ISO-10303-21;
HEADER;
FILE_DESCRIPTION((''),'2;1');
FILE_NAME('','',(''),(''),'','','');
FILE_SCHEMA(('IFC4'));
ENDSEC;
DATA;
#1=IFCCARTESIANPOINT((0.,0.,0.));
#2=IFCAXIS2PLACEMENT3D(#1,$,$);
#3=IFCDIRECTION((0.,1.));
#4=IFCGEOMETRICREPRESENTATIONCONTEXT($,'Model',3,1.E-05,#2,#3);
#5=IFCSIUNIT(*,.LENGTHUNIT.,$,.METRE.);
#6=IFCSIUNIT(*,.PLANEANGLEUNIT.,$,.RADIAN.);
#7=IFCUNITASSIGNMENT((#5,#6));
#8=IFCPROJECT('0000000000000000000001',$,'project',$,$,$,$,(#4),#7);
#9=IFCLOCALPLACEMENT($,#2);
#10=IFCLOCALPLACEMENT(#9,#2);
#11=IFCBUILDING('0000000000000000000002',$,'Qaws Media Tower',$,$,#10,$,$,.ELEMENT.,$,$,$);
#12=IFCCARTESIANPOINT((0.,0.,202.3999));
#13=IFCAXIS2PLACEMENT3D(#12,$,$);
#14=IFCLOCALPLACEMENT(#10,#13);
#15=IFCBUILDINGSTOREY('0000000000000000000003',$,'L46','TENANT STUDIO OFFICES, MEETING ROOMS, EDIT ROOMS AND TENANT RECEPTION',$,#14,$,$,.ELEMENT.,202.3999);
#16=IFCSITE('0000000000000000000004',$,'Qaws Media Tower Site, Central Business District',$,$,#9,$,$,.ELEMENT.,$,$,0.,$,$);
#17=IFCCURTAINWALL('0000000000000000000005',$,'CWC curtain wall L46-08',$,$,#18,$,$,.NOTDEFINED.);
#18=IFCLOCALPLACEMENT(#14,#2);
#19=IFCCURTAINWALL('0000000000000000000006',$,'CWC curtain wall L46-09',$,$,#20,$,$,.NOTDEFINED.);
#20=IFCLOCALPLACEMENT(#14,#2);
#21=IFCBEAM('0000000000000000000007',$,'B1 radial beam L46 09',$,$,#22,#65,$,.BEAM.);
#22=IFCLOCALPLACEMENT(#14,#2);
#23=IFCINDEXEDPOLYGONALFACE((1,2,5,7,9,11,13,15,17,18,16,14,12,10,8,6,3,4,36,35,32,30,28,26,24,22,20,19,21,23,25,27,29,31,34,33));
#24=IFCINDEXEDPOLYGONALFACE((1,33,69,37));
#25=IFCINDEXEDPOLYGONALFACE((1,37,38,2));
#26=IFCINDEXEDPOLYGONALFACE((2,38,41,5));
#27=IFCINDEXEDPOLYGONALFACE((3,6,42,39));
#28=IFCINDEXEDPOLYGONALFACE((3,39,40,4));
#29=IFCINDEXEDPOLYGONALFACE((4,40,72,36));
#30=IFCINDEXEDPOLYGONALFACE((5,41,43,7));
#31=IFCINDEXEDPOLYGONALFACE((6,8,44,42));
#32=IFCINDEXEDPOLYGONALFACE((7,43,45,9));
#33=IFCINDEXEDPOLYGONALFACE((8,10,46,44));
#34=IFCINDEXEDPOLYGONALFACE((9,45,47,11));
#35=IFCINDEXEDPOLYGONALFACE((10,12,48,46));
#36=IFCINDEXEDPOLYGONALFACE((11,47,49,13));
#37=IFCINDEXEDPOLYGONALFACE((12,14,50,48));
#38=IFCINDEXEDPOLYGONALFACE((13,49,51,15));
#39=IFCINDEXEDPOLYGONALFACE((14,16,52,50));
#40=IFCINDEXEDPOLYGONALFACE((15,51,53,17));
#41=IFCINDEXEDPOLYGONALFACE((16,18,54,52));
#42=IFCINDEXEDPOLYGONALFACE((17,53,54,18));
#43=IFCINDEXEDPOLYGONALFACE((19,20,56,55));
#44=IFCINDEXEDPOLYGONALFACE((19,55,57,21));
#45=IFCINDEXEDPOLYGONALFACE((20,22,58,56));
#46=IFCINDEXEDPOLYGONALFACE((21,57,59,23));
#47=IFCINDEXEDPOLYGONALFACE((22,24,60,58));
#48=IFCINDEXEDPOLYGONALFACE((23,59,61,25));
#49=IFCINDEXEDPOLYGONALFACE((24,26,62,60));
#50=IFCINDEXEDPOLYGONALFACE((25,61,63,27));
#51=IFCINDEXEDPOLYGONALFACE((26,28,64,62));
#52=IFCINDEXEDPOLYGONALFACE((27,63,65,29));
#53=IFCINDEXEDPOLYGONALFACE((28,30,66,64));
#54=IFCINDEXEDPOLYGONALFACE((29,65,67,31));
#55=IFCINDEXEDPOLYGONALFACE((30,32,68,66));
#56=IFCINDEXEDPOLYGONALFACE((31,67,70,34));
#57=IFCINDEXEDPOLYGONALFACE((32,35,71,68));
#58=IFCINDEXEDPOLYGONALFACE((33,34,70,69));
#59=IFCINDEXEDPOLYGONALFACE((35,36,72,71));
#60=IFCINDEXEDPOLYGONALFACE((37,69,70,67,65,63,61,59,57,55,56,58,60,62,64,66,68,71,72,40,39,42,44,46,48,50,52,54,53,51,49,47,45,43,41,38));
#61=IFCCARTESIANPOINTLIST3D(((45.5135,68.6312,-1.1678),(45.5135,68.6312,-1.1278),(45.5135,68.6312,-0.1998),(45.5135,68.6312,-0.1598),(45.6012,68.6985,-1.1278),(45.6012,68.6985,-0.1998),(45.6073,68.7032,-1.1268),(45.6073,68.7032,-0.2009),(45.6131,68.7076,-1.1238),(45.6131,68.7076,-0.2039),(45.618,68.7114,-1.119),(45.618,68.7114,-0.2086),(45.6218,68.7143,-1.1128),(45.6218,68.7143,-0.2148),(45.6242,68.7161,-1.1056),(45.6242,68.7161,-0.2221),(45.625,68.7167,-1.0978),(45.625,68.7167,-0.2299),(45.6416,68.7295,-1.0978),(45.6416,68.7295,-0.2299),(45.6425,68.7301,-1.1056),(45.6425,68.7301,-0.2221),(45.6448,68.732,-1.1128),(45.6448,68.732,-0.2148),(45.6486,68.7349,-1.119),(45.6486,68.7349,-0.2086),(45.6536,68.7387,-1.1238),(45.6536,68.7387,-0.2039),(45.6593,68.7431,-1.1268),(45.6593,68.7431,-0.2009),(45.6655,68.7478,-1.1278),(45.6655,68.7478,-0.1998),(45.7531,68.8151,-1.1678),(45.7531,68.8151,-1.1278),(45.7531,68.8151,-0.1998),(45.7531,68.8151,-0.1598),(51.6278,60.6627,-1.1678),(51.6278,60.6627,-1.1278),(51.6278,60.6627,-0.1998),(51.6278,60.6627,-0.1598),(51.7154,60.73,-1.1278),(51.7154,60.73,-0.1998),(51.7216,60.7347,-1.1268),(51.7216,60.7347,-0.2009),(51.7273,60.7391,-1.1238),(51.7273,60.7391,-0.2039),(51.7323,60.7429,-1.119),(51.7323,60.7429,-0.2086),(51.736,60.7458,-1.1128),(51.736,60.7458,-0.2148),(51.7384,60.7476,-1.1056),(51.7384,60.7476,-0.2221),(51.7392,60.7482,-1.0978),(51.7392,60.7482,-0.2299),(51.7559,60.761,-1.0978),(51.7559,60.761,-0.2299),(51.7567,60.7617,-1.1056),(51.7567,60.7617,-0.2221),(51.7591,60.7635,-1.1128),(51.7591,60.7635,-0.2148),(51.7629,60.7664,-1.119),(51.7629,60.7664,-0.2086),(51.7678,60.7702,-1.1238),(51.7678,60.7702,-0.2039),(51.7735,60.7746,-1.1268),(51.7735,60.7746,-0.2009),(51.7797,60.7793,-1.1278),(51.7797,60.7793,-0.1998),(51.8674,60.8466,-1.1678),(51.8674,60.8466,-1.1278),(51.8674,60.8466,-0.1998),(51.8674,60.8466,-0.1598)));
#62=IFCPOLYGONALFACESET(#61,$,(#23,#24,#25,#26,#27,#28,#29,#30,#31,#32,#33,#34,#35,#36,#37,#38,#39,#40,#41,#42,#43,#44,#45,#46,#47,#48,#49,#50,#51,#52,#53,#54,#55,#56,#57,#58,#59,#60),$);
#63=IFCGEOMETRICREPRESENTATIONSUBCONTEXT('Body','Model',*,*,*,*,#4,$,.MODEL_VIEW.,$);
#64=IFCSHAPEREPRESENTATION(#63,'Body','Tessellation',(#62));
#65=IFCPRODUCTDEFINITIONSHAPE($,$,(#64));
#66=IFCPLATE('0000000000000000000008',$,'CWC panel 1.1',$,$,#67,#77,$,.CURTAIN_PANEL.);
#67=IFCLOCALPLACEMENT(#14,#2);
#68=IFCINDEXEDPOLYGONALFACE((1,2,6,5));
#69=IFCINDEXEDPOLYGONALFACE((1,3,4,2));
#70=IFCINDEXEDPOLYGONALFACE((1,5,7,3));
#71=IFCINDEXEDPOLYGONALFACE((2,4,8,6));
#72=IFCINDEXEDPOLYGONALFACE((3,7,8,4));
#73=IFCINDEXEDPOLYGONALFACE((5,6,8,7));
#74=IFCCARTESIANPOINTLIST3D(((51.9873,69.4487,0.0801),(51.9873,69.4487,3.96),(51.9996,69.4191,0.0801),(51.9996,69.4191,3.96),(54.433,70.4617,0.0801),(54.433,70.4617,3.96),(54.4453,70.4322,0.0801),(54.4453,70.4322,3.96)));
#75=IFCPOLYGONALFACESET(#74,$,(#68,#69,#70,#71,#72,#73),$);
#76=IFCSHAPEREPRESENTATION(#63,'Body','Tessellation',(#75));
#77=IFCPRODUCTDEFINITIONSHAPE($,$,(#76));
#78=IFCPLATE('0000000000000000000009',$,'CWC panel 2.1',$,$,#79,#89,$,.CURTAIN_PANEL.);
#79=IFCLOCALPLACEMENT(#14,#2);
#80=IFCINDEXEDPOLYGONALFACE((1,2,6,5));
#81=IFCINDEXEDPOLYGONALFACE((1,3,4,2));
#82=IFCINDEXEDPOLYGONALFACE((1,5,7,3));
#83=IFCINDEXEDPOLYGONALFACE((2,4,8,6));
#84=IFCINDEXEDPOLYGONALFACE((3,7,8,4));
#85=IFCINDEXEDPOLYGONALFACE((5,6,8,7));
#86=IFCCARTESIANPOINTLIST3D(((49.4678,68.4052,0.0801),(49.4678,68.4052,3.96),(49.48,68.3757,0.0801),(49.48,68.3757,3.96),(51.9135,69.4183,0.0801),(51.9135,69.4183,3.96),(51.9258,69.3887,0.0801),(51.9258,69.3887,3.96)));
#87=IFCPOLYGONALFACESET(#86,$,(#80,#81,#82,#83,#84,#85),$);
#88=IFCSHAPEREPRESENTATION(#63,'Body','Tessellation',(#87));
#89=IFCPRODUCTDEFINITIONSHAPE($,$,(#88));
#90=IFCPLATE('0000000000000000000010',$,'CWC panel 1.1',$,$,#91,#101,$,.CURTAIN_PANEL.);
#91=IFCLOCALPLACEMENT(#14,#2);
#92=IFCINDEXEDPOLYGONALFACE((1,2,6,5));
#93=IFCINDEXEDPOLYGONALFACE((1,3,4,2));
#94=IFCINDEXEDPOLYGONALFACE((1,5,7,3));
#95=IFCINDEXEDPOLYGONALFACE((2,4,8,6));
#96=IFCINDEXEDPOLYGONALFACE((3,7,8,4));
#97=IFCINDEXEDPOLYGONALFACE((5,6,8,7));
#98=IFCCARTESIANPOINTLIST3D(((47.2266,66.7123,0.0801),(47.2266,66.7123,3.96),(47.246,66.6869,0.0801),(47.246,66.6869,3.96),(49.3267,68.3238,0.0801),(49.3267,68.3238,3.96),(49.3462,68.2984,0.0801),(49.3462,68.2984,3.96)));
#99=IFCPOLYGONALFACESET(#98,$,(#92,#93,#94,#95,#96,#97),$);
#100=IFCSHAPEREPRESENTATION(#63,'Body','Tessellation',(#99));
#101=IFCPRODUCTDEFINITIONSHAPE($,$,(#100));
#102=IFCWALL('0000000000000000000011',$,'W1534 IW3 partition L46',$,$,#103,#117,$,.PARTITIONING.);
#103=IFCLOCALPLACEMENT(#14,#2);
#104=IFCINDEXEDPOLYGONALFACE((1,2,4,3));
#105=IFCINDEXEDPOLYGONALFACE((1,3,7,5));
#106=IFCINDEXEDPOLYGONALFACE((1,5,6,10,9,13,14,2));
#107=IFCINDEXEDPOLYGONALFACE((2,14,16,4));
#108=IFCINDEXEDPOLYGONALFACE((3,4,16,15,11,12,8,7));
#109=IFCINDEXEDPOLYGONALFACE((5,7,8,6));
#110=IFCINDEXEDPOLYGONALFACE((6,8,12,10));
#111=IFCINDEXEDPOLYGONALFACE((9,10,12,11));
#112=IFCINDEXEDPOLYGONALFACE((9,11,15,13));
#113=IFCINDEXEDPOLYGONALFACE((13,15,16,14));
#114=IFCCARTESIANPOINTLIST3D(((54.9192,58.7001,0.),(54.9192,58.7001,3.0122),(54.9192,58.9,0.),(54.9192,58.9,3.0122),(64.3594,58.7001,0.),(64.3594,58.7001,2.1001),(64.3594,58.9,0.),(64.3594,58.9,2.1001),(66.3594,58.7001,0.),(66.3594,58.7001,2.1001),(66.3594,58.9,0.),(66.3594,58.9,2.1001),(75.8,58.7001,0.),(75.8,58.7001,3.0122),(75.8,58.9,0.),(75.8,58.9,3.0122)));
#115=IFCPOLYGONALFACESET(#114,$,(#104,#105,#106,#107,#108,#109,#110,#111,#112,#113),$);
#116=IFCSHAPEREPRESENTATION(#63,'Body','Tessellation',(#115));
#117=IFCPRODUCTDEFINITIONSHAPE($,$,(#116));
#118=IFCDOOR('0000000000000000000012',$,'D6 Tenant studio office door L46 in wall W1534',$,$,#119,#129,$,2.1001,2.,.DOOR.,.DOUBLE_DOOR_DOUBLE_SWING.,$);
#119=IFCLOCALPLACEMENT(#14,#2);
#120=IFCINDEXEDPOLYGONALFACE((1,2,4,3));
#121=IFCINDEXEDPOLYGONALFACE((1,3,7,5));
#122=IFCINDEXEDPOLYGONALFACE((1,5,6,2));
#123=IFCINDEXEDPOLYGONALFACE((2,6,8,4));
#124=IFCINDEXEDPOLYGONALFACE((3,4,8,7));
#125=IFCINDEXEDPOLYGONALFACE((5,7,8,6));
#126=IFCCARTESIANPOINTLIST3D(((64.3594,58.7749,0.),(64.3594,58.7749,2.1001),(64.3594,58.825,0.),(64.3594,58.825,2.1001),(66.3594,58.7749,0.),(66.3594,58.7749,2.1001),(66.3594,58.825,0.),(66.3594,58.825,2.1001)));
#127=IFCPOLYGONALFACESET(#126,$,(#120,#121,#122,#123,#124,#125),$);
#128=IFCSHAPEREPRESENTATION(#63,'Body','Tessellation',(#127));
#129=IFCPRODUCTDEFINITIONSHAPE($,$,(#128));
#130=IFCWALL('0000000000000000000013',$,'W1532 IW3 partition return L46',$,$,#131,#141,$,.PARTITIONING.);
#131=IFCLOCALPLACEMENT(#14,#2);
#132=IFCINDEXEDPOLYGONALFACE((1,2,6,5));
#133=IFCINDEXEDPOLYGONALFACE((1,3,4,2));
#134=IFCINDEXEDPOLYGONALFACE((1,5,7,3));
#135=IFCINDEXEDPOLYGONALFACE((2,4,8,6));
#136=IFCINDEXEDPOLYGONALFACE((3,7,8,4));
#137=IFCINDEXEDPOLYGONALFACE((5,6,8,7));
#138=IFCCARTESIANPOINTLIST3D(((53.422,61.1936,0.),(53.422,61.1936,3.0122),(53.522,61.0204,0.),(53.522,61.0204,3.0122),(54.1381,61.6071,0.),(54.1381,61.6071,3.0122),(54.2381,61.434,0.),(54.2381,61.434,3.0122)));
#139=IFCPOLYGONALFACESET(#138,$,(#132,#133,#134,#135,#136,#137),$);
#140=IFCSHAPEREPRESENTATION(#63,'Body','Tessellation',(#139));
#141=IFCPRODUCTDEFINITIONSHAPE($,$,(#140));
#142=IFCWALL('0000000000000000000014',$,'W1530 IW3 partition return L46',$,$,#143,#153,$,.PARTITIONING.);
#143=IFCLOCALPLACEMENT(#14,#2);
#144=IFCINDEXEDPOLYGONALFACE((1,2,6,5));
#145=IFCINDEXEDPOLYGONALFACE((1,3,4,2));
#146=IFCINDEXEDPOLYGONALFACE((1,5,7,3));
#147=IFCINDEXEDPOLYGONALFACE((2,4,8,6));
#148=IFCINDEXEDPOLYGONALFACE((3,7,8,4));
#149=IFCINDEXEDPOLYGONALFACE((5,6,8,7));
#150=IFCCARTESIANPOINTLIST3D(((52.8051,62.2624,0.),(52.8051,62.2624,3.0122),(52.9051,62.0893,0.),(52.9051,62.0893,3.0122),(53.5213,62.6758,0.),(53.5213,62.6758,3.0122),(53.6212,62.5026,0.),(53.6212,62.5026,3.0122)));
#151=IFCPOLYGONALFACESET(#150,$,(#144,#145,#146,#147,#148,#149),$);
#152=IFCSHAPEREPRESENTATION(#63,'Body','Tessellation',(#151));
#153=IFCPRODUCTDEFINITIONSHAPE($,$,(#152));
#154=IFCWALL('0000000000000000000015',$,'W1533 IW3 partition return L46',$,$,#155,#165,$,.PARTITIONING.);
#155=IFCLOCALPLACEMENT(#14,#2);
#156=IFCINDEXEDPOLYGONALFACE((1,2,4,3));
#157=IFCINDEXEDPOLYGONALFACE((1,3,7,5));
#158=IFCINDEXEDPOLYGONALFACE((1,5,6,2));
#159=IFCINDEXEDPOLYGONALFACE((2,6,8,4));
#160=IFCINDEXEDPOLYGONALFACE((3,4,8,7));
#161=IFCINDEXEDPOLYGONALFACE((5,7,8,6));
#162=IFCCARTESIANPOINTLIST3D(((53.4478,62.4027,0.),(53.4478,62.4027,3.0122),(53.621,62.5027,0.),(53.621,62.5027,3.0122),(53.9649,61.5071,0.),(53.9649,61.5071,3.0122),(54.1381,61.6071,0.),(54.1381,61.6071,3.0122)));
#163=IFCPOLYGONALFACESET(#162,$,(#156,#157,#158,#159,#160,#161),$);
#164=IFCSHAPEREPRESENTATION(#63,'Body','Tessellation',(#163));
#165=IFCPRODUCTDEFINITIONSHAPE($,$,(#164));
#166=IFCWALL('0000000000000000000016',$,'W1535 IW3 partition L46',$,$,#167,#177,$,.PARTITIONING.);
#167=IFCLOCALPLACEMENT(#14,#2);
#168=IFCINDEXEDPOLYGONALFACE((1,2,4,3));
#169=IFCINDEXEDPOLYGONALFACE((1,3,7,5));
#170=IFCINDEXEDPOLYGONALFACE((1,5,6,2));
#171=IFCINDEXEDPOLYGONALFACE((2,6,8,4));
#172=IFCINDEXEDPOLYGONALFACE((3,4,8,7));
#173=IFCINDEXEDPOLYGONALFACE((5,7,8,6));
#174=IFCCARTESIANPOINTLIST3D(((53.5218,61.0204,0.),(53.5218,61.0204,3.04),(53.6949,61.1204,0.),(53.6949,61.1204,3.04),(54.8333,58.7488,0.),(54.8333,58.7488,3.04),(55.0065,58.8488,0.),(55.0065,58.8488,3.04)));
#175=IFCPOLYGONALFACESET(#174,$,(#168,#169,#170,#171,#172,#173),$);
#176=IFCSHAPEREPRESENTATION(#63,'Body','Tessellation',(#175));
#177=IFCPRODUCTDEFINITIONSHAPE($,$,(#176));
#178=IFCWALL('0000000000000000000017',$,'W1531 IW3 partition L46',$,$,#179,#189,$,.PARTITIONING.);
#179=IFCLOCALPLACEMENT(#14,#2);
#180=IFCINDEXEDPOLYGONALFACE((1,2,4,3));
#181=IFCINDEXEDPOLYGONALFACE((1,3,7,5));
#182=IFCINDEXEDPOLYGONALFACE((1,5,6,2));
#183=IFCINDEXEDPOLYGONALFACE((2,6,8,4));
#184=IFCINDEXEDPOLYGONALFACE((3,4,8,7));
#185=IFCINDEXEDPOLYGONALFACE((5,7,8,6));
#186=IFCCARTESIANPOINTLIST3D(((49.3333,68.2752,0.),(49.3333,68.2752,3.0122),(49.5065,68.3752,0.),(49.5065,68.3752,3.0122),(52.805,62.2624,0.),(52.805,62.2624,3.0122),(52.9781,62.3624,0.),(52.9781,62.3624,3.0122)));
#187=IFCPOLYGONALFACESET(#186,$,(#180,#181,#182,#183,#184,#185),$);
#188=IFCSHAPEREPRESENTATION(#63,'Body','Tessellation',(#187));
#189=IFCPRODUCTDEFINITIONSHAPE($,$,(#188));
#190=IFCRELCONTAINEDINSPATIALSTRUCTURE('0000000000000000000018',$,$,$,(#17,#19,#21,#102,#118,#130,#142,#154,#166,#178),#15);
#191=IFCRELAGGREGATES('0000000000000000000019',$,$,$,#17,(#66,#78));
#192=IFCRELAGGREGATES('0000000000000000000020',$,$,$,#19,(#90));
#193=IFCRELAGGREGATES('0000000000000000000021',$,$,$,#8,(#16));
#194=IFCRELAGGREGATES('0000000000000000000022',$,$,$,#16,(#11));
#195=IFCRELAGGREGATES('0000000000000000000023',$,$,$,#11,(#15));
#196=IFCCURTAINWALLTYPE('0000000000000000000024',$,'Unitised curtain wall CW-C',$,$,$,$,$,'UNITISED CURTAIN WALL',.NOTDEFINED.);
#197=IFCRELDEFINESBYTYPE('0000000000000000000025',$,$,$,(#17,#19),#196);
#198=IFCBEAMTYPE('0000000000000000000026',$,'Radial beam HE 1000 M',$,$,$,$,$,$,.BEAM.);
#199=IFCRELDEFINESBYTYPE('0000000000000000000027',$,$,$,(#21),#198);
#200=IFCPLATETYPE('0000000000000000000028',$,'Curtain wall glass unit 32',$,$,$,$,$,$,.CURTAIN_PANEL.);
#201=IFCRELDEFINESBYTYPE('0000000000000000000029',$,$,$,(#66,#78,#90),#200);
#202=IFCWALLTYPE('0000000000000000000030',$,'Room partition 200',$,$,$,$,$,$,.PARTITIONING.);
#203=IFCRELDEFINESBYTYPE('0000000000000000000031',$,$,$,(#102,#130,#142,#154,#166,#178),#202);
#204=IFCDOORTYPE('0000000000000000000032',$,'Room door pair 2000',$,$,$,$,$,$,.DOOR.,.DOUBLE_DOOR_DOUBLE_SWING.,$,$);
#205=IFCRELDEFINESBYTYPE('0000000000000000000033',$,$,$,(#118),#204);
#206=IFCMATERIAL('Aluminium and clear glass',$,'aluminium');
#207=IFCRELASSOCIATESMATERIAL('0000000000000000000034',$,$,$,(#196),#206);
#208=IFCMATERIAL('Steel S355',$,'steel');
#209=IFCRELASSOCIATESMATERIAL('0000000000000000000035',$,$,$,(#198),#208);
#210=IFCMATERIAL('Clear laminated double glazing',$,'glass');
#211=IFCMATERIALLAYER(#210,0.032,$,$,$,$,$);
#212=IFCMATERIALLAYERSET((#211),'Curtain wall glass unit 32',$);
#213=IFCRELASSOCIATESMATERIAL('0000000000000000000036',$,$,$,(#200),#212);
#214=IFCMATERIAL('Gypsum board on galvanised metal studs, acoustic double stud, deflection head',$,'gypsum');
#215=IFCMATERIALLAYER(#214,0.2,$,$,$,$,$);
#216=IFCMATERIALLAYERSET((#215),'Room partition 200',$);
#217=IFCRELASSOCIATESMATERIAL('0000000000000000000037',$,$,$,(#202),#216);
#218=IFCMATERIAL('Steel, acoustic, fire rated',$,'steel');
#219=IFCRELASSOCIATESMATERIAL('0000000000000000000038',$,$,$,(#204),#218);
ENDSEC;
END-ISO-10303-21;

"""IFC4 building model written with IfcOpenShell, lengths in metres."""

from ifc_helpers import new_model, si_unit, direction, frame, frame_2d, origin, origin_2d, place, context, subcontext, project, spatial, rectangle, i_section, extrude, material, layer, layer_set, material_profile, profile_set, type_object, element, fill, aggregate, save


model = new_model("IFC4")

# Units and contexts
model_context = context("Model", 3, precision=1e-05, world=origin(), true_north=direction((0.0, 1.0)))
body_context = subcontext(model_context, "Body", "Model", "MODEL_VIEW")
ifc_project = project(units=[si_unit("LENGTHUNIT", "METRE"), si_unit("PLANEANGLEUNIT", "RADIAN")], contexts=[model_context])

# Site, building, storey
site_placement = place(None, origin())
site = spatial("IfcSite", under=ifc_project, at=site_placement, Name="Qaws Media Tower Site, Central Business District", CompositionType="ELEMENT", RefElevation=0.0)
building_placement = place(site_placement, origin())
building = spatial("IfcBuilding", under=site, at=building_placement, Name="Qaws Media Tower", CompositionType="ELEMENT")
storey_placement = place(building_placement, frame((0.0, 0.0, 202.3999)))
storey = spatial("IfcBuildingStorey", under=building, at=storey_placement, Name="L46", Description="TENANT STUDIO OFFICES, MEETING ROOMS, EDIT ROOMS AND TENANT RECEPTION", CompositionType="ELEMENT", Elevation=202.3999)

# Curtain walls
ifc_material_1 = material(Name="Aluminium and clear glass", Category="aluminium")
curtain_wall_type = type_object("IfcCurtainWallType", Name="Unitised curtain wall CW-C", ElementType="UNITISED CURTAIN WALL", PredefinedType="NOTDEFINED", material=ifc_material_1)
curtain_wall_1_placement = place(storey_placement, origin())
curtain_wall_1 = element("IfcCurtainWall", 1, at=curtain_wall_1_placement, inside=storey, type_object=curtain_wall_type, Name="CWC curtain wall L46-08", PredefinedType="NOTDEFINED")
curtain_wall_2_placement = place(storey_placement, origin())
curtain_wall_2 = element("IfcCurtainWall", 2, at=curtain_wall_2_placement, inside=storey, type_object=curtain_wall_type, Name="CWC curtain wall L46-09", PredefinedType="NOTDEFINED")

# Beam
ifc_material_2 = material(Name="Steel S355", Category="steel")
ifc_material_profile_1 = material_profile(ifc_material_2, i_section(OverallWidth=0.302, OverallDepth=1.0081, WebThickness=0.021, FlangeThickness=0.04, FilletRadius=0.03, at=origin_2d()), Name="HE 1000 M")
ifc_profile_set_1 = profile_set([ifc_material_profile_1], Name="Steel S355")
beam_type_1 = type_object("IfcBeamType", Name="Radial beam HE 1000 M", PredefinedType="BEAM", material=ifc_profile_set_1)
beam_1_placement = place(storey_placement, frame((51.7476, 60.7546, -0.6638), z_axis=(-0.608749, 0.793363, 0.0), x_axis=(-0.793363, -0.608749, 0.0)))
element("IfcBeam", 3, at=beam_1_placement, inside=storey, type_object=beam_type_1, Name="B1 radial beam L46 09", PredefinedType="BEAM", context=body_context, shape_type="SweptSolid", body=[
    extrude(i_section(OverallWidth=0.302, OverallDepth=1.0081, WebThickness=0.021, FlangeThickness=0.04, FilletRadius=0.03, at=origin_2d()), origin(), (0.0, 0.0, 1.0), 10.0439),
])

# Plates
ifc_material_3 = material(Name="Clear laminated double glazing", Category="glass")
ifc_layer_1 = layer(ifc_material_3, 0.032)
ifc_layer_set_1 = layer_set([ifc_layer_1], Name="Curtain wall glass unit 32")
plate_type = type_object("IfcPlateType", Name="Curtain wall glass unit 32", PredefinedType="CURTAIN_PANEL", material=ifc_layer_set_1)
plate_1_placement = place(storey_placement, frame((53.2163, 69.9404, 0.0801), z_axis=(0.0, 0.0, 1.0), x_axis=(-0.92388, -0.382683, 0.0)))
plate_1 = element("IfcPlate", 4, at=plate_1_placement, type_object=plate_type, Name="CWC panel 1.1", PredefinedType="CURTAIN_PANEL", context=body_context, shape_type="SweptSolid", body=[
    extrude(rectangle(XDim=2.6472, YDim=0.032, at=origin_2d()), origin(), (0.0, 0.0, 1.0), 3.8799),
])
plate_2_placement = place(storey_placement, frame((50.6968, 68.897, 0.0801), z_axis=(0.0, 0.0, 1.0), x_axis=(-0.92388, -0.382683, 0.0)))
plate_2 = element("IfcPlate", 5, at=plate_2_placement, type_object=plate_type, Name="CWC panel 2.1", PredefinedType="CURTAIN_PANEL", context=body_context, shape_type="SweptSolid", body=[
    extrude(rectangle(XDim=2.6472, YDim=0.032, at=origin_2d()), origin(), (0.0, 0.0, 1.0), 3.8799),
])
aggregate(curtain_wall_1, [plate_1, plate_2])
plate_3_placement = place(storey_placement, frame((48.2864, 67.5054, 0.0801), z_axis=(0.0, 0.0, 1.0), x_axis=(-0.793353, -0.608761, 0.0)))
plate_3 = element("IfcPlate", 6, at=plate_3_placement, type_object=plate_type, Name="CWC panel 1.1", PredefinedType="CURTAIN_PANEL", context=body_context, shape_type="SweptSolid", body=[
    extrude(rectangle(XDim=2.6472, YDim=0.032, at=origin_2d()), origin(), (0.0, 0.0, 1.0), 3.8799),
])
aggregate(curtain_wall_2, [plate_3])

# Wall, opening, door
ifc_material_4 = material(Name="Gypsum board on galvanised metal studs, acoustic double stud, deflection head", Category="gypsum")
ifc_layer_2 = layer(ifc_material_4, 0.2)
ifc_layer_set_2 = layer_set([ifc_layer_2], Name="Room partition 200")
wall_type = type_object("IfcWallType", Name="Room partition 200", PredefinedType="PARTITIONING", material=ifc_layer_set_2)
wall_1_placement = place(storey_placement, frame((54.9192, 58.8, 0.0), z_axis=(0.0, 0.0, 1.0), x_axis=(1.0, 0.0, 0.0)))
wall_1 = element("IfcWall", 7, at=wall_1_placement, inside=storey, type_object=wall_type, Name="W1534 IW3 partition L46", PredefinedType="PARTITIONING", context=body_context, shape_type="SweptSolid", body=[
    extrude(rectangle(XDim=20.8809, YDim=0.2, at=frame_2d((10.4404, 0.0))), origin(), (0.0, 0.0, 1.0), 3.0122),
])
opening_1_placement = place(wall_1_placement, frame((9.4402, 0.0, 0.0)))
opening_1 = element("IfcOpeningElement", 8, at=opening_1_placement, cuts=wall_1, PredefinedType="OPENING", context=body_context, shape_type="SweptSolid", body=[
    extrude(rectangle(XDim=2.0, YDim=2.1001, at=frame_2d((1.0, 1.05))), frame((0.0, 0.1099, 0.0), z_axis=(0.0, -1.0, 0.0), x_axis=(1.0, 0.0, 0.0)), (0.0, 0.0, 1.0), 0.22),
])
ifc_material_5 = material(Name="Steel, acoustic, fire rated", Category="steel")
door_type_1 = type_object("IfcDoorType", Name="Room door pair 2000", OperationType="DOUBLE_DOOR_DOUBLE_SWING", PredefinedType="DOOR", material=ifc_material_5)
door_1_placement = place(opening_1_placement, origin())
door_1 = element("IfcDoor", 9, at=door_1_placement, inside=storey, type_object=door_type_1, Name="D6 Tenant studio office door L46 in wall W1534", OperationType="DOUBLE_DOOR_DOUBLE_SWING", OverallHeight=2.1001, OverallWidth=2.0, PredefinedType="DOOR", context=body_context, shape_type="SweptSolid", body=[
    extrude(rectangle(XDim=2.0, YDim=2.1001, at=frame_2d((1.0, 1.05))), frame((0.0, 0.0249, 0.0), z_axis=(0.0, -1.0, 0.0), x_axis=(1.0, 0.0, 0.0)), (0.0, 0.0, 1.0), 0.05),
])
fill(opening_1, door_1)

# Walls
for number, where, z_axis, x_axis, name in (
    (10, (53.4719, 61.1069, 0.0), (0.0, 0.0, 1.0), (0.865945, 0.50014, 0.0), "W1532 IW3 partition return L46"),
    (11, (52.855, 62.1758, 0.0), (0.0, 0.0, 1.0), (0.866072, 0.499918, 0.0), "W1530 IW3 partition return L46"),
):
    element("IfcWall", number, at=place(storey_placement, frame(where, z_axis=z_axis, x_axis=x_axis)), inside=storey, type_object=wall_type, Name=name, PredefinedType="PARTITIONING", context=body_context, shape_type="SweptSolid", body=[
        extrude(rectangle(XDim=0.8269, YDim=0.2, at=frame_2d((0.4136, 0.0))), origin(), (0.0, 0.0, 1.0), 3.0122),
    ])
wall_2_placement = place(storey_placement, frame((54.0515, 61.5571, 0.0), z_axis=(0.0, 0.0, 1.0), x_axis=(-0.500049, 0.865997, 0.0)))
element("IfcWall", 12, at=wall_2_placement, inside=storey, type_object=wall_type, Name="W1533 IW3 partition return L46", PredefinedType="PARTITIONING", context=body_context, shape_type="SweptSolid", body=[
    extrude(rectangle(XDim=1.0342, YDim=0.2, at=frame_2d((0.5171, 0.0))), origin(), (0.0, 0.0, 1.0), 3.0122),
])
wall_3_placement = place(storey_placement, frame((54.9199, 58.7988, 0.0), z_axis=(0.0, 0.0, 1.0), x_axis=(-0.500023, 0.866012, 0.0)))
element("IfcWall", 13, at=wall_3_placement, inside=storey, type_object=wall_type, Name="W1535 IW3 partition L46", PredefinedType="PARTITIONING", context=body_context, shape_type="SweptSolid", body=[
    extrude(rectangle(XDim=2.623, YDim=0.2, at=frame_2d((1.3115, 0.0))), origin(), (0.0, 0.0, 1.0), 3.04),
])
wall_4_placement = place(storey_placement, frame((52.8916, 62.3123, 0.0), z_axis=(0.0, 0.0, 1.0), x_axis=(-0.500012, 0.866019, 0.0)))
element("IfcWall", 14, at=wall_4_placement, inside=storey, type_object=wall_type, Name="W1531 IW3 partition L46", PredefinedType="PARTITIONING", context=body_context, shape_type="SweptSolid", body=[
    extrude(rectangle(XDim=6.9431, YDim=0.2, at=frame_2d((3.4717, 0.0))), origin(), (0.0, 0.0, 1.0), 3.0122),
])

save(model, "model.ifc")
